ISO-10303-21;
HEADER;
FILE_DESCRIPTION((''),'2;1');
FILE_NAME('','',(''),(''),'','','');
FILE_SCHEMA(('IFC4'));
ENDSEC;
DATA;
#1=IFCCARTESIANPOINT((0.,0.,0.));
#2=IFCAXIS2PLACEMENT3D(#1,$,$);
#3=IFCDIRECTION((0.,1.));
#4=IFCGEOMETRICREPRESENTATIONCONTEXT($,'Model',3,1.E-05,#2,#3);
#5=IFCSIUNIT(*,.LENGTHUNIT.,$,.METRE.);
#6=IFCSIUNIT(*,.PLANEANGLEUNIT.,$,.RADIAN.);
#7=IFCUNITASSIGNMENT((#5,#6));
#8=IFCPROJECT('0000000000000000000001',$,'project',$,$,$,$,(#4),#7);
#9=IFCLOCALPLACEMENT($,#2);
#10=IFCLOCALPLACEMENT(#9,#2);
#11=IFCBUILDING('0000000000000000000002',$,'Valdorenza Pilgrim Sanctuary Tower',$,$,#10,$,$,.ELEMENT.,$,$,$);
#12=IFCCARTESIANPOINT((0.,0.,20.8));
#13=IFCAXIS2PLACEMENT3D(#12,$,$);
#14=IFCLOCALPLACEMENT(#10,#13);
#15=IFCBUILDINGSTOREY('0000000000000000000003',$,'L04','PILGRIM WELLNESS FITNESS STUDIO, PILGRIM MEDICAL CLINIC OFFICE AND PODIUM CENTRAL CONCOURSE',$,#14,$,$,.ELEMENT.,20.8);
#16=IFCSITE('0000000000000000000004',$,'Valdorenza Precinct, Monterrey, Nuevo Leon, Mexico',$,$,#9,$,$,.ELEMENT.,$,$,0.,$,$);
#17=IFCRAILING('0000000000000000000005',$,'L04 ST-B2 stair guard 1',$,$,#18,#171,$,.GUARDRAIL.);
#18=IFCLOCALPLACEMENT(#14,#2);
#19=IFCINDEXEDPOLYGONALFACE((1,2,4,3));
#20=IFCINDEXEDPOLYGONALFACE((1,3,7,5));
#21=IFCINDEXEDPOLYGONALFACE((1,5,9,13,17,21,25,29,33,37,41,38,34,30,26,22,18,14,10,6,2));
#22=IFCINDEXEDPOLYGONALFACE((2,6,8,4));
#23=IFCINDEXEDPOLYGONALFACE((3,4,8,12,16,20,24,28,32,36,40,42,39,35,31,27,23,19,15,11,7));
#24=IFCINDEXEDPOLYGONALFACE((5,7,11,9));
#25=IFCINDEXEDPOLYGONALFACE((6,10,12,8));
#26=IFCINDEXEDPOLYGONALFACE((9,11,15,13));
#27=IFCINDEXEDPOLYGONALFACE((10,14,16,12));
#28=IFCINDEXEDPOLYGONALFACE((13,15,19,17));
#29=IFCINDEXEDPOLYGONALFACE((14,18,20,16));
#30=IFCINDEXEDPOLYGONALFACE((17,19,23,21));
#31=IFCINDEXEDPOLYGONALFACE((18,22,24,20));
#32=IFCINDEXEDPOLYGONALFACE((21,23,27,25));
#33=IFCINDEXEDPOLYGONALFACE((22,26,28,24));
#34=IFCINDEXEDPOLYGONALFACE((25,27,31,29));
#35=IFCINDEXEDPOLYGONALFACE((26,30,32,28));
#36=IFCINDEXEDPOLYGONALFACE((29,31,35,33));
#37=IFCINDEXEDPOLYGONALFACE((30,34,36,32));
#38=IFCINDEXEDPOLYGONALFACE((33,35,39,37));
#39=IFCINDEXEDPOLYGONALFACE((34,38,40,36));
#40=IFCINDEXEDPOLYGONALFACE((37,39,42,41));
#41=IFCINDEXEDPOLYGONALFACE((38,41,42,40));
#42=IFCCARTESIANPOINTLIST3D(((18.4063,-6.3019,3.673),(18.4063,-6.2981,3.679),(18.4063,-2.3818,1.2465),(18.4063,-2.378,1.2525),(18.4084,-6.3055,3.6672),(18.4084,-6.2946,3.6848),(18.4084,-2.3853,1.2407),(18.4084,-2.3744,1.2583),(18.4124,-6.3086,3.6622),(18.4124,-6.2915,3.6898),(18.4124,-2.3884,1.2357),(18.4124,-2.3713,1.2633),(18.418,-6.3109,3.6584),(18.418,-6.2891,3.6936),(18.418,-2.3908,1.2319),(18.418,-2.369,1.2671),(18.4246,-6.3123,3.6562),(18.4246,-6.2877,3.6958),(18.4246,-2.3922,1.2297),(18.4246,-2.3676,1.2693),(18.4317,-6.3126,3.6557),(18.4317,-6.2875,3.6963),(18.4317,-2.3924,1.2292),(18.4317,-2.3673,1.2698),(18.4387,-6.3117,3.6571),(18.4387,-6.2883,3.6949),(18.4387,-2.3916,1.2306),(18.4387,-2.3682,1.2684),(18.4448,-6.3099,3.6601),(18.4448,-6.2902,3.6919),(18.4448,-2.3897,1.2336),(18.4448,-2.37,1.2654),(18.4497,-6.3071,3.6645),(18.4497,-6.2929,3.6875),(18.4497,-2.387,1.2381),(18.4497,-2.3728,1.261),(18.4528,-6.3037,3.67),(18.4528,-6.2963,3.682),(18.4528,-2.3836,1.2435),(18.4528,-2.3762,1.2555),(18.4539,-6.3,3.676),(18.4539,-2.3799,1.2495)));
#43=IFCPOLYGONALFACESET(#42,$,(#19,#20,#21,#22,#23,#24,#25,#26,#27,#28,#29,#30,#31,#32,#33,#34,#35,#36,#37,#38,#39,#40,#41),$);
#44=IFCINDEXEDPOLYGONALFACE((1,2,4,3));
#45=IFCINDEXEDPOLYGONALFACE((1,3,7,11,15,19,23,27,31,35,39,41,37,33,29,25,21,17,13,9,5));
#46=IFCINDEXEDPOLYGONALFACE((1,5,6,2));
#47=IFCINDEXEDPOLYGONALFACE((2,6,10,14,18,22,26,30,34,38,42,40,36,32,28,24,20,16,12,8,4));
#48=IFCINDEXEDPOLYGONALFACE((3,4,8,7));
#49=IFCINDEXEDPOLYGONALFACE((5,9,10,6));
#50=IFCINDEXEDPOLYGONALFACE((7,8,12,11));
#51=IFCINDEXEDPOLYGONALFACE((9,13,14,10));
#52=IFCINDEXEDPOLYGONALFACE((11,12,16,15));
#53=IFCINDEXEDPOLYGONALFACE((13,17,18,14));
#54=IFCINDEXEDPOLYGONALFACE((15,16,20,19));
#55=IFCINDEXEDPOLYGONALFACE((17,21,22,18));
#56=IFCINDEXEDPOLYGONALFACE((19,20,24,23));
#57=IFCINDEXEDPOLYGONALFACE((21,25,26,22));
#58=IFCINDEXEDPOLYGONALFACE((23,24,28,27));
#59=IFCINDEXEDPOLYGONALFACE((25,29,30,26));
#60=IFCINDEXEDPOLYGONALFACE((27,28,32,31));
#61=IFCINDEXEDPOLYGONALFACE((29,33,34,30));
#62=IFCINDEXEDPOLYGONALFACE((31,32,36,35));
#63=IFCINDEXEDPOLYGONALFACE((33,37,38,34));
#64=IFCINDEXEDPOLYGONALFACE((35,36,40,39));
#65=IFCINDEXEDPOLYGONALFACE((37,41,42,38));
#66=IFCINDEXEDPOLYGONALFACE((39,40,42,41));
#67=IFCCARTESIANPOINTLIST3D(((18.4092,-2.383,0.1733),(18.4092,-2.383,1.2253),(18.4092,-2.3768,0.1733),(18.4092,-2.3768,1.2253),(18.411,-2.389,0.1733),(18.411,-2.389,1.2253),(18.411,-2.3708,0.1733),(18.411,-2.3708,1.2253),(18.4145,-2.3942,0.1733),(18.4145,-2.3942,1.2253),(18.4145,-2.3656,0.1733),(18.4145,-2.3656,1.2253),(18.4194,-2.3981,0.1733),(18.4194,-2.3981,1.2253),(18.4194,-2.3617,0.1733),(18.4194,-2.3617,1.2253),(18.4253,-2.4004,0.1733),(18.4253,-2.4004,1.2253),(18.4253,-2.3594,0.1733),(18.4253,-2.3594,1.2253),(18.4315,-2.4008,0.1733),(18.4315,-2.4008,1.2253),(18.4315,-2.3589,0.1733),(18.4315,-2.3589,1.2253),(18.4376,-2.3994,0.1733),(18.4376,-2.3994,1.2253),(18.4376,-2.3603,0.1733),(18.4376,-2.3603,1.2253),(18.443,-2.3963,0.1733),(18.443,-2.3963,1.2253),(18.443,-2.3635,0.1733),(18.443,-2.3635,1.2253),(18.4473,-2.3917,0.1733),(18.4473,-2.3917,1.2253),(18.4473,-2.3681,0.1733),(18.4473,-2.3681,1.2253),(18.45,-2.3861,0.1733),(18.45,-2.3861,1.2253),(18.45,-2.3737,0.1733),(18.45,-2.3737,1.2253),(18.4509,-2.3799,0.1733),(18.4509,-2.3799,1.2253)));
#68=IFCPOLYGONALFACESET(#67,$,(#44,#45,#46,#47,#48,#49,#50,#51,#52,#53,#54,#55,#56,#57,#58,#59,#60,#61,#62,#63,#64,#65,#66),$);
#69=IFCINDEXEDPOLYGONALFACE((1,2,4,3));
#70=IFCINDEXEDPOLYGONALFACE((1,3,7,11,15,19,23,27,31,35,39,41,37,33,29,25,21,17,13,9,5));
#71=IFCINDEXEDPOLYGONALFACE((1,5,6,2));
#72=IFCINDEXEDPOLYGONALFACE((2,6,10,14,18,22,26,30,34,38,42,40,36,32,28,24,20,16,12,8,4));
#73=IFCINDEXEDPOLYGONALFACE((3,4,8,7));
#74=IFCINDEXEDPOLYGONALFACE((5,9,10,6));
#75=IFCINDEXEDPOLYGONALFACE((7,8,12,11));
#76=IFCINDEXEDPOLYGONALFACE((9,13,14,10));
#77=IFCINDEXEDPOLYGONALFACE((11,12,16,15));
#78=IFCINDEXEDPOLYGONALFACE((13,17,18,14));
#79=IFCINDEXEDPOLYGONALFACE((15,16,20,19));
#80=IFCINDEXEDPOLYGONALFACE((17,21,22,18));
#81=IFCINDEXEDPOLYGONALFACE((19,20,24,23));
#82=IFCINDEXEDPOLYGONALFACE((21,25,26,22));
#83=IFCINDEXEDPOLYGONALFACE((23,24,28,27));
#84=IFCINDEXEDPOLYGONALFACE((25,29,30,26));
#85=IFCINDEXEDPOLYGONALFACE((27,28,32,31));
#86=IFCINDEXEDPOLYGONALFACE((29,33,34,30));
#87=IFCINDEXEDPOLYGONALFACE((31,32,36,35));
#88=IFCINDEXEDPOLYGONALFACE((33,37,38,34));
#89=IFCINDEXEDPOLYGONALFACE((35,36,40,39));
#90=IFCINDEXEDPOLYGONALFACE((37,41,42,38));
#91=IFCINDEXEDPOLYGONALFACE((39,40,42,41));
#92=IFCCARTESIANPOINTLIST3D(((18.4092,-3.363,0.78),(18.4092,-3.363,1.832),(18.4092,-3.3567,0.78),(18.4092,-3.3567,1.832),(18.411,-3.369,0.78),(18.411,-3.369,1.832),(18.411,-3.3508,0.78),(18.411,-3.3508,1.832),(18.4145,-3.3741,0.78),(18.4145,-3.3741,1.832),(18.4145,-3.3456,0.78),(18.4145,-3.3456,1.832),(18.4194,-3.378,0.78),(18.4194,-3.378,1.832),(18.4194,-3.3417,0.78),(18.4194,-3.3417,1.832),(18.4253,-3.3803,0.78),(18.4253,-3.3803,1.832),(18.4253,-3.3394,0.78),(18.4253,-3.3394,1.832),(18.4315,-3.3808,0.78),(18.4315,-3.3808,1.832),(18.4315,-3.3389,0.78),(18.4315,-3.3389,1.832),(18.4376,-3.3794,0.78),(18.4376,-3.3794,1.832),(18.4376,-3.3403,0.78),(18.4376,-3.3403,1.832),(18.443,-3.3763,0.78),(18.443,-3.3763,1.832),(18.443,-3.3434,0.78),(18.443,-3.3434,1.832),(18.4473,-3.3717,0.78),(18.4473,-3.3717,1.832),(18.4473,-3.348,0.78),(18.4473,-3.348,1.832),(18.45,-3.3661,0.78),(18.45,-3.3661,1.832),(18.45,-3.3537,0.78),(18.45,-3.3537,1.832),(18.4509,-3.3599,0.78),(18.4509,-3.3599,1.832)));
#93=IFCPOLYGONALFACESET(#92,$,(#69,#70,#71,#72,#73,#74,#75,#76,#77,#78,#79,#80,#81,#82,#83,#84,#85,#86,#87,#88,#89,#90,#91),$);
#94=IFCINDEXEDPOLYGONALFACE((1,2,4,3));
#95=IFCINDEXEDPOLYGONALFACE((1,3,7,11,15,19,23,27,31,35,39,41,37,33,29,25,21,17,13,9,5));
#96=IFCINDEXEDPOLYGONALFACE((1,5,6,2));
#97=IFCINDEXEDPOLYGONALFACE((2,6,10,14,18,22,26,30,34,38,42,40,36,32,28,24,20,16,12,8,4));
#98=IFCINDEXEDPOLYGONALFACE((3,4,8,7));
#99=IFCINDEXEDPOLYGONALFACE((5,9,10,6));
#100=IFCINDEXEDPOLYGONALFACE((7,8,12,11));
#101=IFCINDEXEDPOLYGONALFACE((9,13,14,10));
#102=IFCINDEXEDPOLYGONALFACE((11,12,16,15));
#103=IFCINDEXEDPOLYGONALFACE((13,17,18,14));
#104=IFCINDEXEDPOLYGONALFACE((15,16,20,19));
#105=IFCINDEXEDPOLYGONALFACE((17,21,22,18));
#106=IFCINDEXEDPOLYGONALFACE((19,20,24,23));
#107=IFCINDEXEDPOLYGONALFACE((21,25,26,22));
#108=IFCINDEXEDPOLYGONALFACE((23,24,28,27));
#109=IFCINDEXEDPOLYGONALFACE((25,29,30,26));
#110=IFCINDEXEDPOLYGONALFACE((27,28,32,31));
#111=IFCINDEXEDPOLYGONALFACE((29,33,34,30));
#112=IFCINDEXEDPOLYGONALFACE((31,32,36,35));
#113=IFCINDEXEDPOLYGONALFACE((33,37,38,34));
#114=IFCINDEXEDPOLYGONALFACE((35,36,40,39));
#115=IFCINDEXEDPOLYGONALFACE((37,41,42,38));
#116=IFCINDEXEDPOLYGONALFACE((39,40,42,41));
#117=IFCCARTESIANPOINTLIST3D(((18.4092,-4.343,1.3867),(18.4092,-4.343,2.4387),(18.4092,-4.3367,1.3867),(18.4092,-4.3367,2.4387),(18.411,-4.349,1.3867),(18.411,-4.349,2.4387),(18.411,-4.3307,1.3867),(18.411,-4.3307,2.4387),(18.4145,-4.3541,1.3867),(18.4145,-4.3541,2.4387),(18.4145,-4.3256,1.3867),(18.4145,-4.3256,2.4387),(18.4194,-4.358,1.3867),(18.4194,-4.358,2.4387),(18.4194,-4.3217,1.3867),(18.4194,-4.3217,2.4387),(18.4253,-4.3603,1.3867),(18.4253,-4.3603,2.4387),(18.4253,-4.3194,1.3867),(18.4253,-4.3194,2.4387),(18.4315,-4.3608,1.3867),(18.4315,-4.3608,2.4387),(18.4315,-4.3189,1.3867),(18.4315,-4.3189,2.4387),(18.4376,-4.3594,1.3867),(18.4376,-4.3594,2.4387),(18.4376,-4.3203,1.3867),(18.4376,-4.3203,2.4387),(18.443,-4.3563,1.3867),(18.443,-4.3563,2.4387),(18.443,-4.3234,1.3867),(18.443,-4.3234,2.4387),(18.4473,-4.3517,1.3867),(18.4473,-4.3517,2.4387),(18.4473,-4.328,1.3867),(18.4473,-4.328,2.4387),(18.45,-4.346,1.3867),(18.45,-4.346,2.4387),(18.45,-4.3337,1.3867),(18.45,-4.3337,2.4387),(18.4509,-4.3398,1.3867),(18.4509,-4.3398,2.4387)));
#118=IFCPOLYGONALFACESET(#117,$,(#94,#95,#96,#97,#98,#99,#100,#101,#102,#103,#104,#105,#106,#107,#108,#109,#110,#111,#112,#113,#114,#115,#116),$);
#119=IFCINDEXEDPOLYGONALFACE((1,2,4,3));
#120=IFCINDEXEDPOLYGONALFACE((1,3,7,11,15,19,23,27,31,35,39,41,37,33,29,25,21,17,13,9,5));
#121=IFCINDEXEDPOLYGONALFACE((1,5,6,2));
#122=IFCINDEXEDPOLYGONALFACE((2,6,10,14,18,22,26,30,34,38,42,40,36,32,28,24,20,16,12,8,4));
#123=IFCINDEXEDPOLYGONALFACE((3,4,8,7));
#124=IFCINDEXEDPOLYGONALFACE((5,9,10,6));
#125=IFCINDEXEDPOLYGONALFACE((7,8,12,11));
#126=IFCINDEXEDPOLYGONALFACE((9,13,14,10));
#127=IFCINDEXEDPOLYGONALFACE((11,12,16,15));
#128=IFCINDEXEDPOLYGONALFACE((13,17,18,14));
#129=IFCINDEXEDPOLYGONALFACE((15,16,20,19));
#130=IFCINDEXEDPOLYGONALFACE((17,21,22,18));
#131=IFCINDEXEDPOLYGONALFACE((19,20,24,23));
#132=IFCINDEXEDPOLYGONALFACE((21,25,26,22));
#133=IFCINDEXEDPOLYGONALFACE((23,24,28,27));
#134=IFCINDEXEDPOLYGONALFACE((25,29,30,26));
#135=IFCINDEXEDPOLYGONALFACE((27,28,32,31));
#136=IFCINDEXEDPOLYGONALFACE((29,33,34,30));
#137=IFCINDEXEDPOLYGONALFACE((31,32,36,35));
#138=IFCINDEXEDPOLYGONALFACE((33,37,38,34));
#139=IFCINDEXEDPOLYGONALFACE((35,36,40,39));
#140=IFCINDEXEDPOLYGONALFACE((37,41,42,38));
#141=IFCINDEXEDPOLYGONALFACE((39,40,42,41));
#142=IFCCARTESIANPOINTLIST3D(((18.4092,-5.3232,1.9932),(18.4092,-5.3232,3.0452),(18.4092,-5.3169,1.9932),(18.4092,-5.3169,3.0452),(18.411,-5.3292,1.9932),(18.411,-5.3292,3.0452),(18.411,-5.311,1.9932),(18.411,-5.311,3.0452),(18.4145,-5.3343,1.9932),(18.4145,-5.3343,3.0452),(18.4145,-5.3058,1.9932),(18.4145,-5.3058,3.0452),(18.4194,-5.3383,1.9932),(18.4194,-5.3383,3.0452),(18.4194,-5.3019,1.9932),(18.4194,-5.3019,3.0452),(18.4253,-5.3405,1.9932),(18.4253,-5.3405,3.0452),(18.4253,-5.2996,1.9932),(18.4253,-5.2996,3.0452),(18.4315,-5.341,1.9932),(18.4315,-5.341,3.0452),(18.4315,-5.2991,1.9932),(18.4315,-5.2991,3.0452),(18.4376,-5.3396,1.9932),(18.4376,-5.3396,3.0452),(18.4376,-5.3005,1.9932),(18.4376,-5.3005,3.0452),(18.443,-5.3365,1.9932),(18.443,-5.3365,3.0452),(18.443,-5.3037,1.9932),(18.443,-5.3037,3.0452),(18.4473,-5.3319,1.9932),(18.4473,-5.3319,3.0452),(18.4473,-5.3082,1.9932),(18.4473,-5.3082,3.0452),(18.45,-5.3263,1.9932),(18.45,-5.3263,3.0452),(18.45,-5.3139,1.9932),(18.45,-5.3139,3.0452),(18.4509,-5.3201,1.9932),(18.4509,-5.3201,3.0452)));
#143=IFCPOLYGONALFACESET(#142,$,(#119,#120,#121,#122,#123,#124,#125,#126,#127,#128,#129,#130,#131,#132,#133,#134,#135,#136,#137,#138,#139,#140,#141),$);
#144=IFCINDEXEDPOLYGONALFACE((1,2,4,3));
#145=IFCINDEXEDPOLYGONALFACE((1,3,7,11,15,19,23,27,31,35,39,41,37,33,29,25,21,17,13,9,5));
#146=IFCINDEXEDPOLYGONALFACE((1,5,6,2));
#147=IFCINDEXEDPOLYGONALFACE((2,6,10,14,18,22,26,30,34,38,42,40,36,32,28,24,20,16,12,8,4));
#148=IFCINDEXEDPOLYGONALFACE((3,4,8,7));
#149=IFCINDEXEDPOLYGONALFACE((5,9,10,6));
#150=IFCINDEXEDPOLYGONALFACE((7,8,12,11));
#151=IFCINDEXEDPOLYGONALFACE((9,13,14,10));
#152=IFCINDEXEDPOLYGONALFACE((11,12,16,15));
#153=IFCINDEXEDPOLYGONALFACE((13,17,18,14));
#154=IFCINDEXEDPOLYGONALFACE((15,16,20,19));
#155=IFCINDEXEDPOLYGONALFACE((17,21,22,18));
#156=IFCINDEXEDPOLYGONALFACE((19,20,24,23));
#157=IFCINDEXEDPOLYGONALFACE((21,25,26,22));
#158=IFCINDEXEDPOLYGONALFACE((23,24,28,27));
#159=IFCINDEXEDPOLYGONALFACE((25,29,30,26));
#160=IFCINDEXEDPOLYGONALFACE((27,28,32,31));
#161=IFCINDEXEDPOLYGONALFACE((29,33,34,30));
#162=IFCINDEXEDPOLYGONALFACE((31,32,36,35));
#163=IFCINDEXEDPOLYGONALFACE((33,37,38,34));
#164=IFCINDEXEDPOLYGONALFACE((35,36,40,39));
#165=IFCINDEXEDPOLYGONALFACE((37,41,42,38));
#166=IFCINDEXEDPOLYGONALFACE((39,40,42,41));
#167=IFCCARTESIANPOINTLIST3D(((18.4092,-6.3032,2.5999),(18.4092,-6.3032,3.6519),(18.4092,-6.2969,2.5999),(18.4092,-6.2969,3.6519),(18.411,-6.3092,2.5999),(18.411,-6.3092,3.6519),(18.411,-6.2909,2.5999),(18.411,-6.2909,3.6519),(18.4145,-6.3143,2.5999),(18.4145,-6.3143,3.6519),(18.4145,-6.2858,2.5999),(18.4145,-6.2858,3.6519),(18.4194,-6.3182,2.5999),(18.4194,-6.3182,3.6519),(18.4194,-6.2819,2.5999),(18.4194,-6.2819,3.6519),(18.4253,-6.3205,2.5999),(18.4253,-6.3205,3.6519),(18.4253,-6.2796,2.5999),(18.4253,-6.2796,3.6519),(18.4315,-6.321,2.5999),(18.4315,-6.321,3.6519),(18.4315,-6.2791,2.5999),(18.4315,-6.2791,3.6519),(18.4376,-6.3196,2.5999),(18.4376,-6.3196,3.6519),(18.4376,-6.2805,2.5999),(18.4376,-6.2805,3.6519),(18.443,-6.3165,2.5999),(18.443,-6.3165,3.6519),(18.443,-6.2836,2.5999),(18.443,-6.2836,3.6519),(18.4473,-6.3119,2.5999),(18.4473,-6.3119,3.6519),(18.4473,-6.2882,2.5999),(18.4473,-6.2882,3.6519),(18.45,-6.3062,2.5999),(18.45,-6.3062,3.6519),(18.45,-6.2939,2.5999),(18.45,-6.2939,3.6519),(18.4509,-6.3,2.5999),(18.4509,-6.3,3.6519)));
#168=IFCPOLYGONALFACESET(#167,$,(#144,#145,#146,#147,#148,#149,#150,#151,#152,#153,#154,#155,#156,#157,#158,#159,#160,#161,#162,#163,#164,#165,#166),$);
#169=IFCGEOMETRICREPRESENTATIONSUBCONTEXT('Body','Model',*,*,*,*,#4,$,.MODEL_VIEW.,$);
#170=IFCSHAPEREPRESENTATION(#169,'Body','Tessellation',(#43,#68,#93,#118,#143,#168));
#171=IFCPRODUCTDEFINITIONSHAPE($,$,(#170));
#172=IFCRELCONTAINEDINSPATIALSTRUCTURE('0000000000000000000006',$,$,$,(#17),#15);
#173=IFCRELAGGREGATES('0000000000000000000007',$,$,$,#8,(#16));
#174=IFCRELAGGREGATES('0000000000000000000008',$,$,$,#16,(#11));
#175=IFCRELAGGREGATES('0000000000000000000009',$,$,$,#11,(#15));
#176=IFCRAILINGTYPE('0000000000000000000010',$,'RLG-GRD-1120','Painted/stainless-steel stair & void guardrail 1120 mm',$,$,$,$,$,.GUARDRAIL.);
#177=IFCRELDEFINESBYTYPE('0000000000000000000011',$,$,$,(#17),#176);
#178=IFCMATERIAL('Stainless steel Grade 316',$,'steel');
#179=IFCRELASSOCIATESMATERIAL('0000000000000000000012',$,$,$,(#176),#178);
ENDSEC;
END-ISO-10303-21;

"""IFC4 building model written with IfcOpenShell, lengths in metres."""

from ifc_helpers import new_model, si_unit, direction, frame, origin, origin_2d, place, context, subcontext, project, spatial, circle, extrude, material, type_object, element, save


model = new_model("IFC4")

# Units and contexts
model_context = context("Model", 3, precision=1e-05, world=origin(), true_north=direction((0.0, 1.0)))
body_context = subcontext(model_context, "Body", "Model", "MODEL_VIEW")
ifc_project = project(units=[si_unit("LENGTHUNIT", "METRE"), si_unit("PLANEANGLEUNIT", "RADIAN")], contexts=[model_context])

# Site, building, storey
site_placement = place(None, origin())
site = spatial("IfcSite", under=ifc_project, at=site_placement, Name="Valdorenza Precinct, Monterrey, Nuevo Leon, Mexico", CompositionType="ELEMENT", RefElevation=0.0)
building_placement = place(site_placement, origin())
building = spatial("IfcBuilding", under=site, at=building_placement, Name="Valdorenza Pilgrim Sanctuary Tower", CompositionType="ELEMENT")
storey_placement = place(building_placement, frame((0.0, 0.0, 20.8)))
storey = spatial("IfcBuildingStorey", under=building, at=storey_placement, Name="L04", Description="PILGRIM WELLNESS FITNESS STUDIO, PILGRIM MEDICAL CLINIC OFFICE AND PODIUM CENTRAL CONCOURSE", CompositionType="ELEMENT", Elevation=20.8)

# Railing
ifc_material_1 = material(Name="Stainless steel Grade 316", Category="steel")
railing_type_1 = type_object("IfcRailingType", Name="RLG-GRD-1120", Description="Painted/stainless-steel stair & void guardrail 1120 mm", PredefinedType="GUARDRAIL", material=ifc_material_1)
railing_1_placement = place(storey_placement, frame((18.4299, -2.3799, 0.1733)))
element("IfcRailing", 1, at=railing_1_placement, inside=storey, type_object=railing_type_1, Name="L04 ST-B2 stair guard 1", PredefinedType="GUARDRAIL", context=body_context, shape_type="SweptSolid", body=[
    extrude(circle(Radius=0.0239, at=origin_2d()), frame((0.0, 0.0, 1.0762), z_axis=(0.0, -0.85029, 0.526315), x_axis=(1.0, 0.0, 0.0)), (0.0, 0.0, 1.0), 4.6104),
    extrude(circle(Radius=0.021, at=origin_2d()), origin(), (0.0, 0.0, 1.0), 1.052),
    extrude(circle(Radius=0.021, at=origin_2d()), frame((0.0, -0.98, 0.6067)), (0.0, 0.0, 1.0), 1.052),
    extrude(circle(Radius=0.021, at=origin_2d()), frame((0.0, -1.96, 1.2134)), (0.0, 0.0, 1.0), 1.052),
    extrude(circle(Radius=0.021, at=origin_2d()), frame((0.0, -2.9402, 1.8198)), (0.0, 0.0, 1.0), 1.052),
    extrude(circle(Radius=0.021, at=origin_2d()), frame((0.0, -3.9202, 2.4265)), (0.0, 0.0, 1.0), 1.052),
])

save(model, "model.ifc")
